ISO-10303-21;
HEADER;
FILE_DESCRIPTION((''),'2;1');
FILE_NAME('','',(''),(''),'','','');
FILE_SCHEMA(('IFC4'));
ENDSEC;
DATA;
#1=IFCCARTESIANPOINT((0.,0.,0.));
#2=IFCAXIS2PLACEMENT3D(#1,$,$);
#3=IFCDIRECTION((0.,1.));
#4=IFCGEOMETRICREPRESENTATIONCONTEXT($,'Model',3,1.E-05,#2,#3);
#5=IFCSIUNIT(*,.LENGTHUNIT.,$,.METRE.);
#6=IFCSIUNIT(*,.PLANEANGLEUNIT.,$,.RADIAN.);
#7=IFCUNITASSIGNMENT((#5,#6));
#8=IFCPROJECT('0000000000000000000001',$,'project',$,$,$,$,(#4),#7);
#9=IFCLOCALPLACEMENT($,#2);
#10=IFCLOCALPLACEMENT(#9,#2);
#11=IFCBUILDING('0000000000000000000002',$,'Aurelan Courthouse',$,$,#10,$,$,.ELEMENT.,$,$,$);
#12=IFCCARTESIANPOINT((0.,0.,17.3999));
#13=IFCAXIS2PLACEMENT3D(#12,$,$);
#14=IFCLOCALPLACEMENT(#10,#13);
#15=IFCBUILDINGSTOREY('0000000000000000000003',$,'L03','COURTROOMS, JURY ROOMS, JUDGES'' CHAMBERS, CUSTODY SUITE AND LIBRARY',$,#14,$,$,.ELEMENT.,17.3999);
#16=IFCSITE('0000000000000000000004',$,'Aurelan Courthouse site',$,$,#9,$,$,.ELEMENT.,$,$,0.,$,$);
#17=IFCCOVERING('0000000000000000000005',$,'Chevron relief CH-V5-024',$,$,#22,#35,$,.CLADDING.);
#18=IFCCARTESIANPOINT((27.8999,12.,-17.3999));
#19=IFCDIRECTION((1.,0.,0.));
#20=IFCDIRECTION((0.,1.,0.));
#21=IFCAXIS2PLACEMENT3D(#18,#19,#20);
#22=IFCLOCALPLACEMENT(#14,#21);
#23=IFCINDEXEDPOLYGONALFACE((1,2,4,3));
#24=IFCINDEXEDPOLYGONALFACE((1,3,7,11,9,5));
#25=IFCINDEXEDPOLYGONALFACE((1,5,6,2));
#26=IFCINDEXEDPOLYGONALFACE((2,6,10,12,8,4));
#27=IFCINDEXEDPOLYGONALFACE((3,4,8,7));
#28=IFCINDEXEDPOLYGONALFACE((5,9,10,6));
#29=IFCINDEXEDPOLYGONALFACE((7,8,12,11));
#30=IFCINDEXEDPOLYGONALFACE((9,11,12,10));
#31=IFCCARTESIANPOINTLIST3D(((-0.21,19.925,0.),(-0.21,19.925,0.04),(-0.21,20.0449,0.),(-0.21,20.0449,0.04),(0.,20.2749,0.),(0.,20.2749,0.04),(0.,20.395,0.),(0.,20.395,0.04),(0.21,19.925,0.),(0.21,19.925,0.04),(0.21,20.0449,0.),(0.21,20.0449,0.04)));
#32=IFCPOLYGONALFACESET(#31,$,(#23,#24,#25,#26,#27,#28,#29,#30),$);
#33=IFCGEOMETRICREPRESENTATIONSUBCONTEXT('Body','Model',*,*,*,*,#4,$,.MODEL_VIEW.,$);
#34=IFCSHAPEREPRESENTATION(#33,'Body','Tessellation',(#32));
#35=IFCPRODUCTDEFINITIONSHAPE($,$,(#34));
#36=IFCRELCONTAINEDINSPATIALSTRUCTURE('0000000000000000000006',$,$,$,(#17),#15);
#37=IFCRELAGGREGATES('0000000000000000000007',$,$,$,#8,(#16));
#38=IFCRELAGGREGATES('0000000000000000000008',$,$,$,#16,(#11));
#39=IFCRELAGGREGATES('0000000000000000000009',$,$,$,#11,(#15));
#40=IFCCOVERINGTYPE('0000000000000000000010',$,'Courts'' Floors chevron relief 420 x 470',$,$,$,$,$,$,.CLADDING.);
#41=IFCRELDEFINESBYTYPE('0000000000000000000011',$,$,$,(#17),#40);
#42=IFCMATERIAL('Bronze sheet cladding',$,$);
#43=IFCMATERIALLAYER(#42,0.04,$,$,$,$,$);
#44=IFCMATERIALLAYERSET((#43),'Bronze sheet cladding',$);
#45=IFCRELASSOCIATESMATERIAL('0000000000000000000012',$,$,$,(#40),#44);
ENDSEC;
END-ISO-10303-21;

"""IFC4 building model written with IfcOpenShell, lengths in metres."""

from ifc_helpers import new_model, si_unit, direction, frame, origin, place, context, subcontext, project, spatial, polyline, outline, extrude, material, layer, layer_set, type_object, element, save


model = new_model("IFC4")

# Units and contexts
model_context = context("Model", 3, precision=1e-05, world=origin(), true_north=direction((0.0, 1.0)))
body_context = subcontext(model_context, "Body", "Model", "MODEL_VIEW")
ifc_project = project(units=[si_unit("LENGTHUNIT", "METRE"), si_unit("PLANEANGLEUNIT", "RADIAN")], contexts=[model_context])

# Site, building, storey
site_placement = place(None, origin())
site = spatial("IfcSite", under=ifc_project, at=site_placement, Name="Aurelan Courthouse site", CompositionType="ELEMENT", RefElevation=0.0)
building_placement = place(site_placement, origin())
building = spatial("IfcBuilding", under=site, at=building_placement, Name="Aurelan Courthouse", CompositionType="ELEMENT")
storey_placement = place(building_placement, frame((0.0, 0.0, 17.3999)))
storey = spatial("IfcBuildingStorey", under=building, at=storey_placement, Name="L03", Description="COURTROOMS, JURY ROOMS, JUDGES' CHAMBERS, CUSTODY SUITE AND LIBRARY", CompositionType="ELEMENT", Elevation=17.3999)

# Covering
ifc_material_1 = material(Name="Bronze sheet cladding")
ifc_layer_1 = layer(ifc_material_1, 0.04)
ifc_layer_set_1 = layer_set([ifc_layer_1], Name="Bronze sheet cladding")
covering_type_1 = type_object("IfcCoveringType", Name="Courts' Floors chevron relief 420 x 470", PredefinedType="CLADDING", material=ifc_layer_set_1)
covering_1_placement = place(storey_placement, frame((27.8999, 12.0, -17.3999), z_axis=(1.0, 0.0, 0.0), x_axis=(0.0, 1.0, 0.0)))
element("IfcCovering", 1, at=covering_1_placement, inside=storey, type_object=covering_type_1, Name="Chevron relief CH-V5-024", PredefinedType="CLADDING", context=body_context, shape_type="SweptSolid", body=[
    extrude(outline(polyline([(-0.21, 19.925), (0.0, 20.2749), (0.21, 19.925), (0.21, 20.0449), (0.0, 20.395), (-0.21, 20.0449), (-0.21, 19.925)])), origin(), (0.0, 0.0, 1.0), 0.04),
])

save(model, "model.ifc")
